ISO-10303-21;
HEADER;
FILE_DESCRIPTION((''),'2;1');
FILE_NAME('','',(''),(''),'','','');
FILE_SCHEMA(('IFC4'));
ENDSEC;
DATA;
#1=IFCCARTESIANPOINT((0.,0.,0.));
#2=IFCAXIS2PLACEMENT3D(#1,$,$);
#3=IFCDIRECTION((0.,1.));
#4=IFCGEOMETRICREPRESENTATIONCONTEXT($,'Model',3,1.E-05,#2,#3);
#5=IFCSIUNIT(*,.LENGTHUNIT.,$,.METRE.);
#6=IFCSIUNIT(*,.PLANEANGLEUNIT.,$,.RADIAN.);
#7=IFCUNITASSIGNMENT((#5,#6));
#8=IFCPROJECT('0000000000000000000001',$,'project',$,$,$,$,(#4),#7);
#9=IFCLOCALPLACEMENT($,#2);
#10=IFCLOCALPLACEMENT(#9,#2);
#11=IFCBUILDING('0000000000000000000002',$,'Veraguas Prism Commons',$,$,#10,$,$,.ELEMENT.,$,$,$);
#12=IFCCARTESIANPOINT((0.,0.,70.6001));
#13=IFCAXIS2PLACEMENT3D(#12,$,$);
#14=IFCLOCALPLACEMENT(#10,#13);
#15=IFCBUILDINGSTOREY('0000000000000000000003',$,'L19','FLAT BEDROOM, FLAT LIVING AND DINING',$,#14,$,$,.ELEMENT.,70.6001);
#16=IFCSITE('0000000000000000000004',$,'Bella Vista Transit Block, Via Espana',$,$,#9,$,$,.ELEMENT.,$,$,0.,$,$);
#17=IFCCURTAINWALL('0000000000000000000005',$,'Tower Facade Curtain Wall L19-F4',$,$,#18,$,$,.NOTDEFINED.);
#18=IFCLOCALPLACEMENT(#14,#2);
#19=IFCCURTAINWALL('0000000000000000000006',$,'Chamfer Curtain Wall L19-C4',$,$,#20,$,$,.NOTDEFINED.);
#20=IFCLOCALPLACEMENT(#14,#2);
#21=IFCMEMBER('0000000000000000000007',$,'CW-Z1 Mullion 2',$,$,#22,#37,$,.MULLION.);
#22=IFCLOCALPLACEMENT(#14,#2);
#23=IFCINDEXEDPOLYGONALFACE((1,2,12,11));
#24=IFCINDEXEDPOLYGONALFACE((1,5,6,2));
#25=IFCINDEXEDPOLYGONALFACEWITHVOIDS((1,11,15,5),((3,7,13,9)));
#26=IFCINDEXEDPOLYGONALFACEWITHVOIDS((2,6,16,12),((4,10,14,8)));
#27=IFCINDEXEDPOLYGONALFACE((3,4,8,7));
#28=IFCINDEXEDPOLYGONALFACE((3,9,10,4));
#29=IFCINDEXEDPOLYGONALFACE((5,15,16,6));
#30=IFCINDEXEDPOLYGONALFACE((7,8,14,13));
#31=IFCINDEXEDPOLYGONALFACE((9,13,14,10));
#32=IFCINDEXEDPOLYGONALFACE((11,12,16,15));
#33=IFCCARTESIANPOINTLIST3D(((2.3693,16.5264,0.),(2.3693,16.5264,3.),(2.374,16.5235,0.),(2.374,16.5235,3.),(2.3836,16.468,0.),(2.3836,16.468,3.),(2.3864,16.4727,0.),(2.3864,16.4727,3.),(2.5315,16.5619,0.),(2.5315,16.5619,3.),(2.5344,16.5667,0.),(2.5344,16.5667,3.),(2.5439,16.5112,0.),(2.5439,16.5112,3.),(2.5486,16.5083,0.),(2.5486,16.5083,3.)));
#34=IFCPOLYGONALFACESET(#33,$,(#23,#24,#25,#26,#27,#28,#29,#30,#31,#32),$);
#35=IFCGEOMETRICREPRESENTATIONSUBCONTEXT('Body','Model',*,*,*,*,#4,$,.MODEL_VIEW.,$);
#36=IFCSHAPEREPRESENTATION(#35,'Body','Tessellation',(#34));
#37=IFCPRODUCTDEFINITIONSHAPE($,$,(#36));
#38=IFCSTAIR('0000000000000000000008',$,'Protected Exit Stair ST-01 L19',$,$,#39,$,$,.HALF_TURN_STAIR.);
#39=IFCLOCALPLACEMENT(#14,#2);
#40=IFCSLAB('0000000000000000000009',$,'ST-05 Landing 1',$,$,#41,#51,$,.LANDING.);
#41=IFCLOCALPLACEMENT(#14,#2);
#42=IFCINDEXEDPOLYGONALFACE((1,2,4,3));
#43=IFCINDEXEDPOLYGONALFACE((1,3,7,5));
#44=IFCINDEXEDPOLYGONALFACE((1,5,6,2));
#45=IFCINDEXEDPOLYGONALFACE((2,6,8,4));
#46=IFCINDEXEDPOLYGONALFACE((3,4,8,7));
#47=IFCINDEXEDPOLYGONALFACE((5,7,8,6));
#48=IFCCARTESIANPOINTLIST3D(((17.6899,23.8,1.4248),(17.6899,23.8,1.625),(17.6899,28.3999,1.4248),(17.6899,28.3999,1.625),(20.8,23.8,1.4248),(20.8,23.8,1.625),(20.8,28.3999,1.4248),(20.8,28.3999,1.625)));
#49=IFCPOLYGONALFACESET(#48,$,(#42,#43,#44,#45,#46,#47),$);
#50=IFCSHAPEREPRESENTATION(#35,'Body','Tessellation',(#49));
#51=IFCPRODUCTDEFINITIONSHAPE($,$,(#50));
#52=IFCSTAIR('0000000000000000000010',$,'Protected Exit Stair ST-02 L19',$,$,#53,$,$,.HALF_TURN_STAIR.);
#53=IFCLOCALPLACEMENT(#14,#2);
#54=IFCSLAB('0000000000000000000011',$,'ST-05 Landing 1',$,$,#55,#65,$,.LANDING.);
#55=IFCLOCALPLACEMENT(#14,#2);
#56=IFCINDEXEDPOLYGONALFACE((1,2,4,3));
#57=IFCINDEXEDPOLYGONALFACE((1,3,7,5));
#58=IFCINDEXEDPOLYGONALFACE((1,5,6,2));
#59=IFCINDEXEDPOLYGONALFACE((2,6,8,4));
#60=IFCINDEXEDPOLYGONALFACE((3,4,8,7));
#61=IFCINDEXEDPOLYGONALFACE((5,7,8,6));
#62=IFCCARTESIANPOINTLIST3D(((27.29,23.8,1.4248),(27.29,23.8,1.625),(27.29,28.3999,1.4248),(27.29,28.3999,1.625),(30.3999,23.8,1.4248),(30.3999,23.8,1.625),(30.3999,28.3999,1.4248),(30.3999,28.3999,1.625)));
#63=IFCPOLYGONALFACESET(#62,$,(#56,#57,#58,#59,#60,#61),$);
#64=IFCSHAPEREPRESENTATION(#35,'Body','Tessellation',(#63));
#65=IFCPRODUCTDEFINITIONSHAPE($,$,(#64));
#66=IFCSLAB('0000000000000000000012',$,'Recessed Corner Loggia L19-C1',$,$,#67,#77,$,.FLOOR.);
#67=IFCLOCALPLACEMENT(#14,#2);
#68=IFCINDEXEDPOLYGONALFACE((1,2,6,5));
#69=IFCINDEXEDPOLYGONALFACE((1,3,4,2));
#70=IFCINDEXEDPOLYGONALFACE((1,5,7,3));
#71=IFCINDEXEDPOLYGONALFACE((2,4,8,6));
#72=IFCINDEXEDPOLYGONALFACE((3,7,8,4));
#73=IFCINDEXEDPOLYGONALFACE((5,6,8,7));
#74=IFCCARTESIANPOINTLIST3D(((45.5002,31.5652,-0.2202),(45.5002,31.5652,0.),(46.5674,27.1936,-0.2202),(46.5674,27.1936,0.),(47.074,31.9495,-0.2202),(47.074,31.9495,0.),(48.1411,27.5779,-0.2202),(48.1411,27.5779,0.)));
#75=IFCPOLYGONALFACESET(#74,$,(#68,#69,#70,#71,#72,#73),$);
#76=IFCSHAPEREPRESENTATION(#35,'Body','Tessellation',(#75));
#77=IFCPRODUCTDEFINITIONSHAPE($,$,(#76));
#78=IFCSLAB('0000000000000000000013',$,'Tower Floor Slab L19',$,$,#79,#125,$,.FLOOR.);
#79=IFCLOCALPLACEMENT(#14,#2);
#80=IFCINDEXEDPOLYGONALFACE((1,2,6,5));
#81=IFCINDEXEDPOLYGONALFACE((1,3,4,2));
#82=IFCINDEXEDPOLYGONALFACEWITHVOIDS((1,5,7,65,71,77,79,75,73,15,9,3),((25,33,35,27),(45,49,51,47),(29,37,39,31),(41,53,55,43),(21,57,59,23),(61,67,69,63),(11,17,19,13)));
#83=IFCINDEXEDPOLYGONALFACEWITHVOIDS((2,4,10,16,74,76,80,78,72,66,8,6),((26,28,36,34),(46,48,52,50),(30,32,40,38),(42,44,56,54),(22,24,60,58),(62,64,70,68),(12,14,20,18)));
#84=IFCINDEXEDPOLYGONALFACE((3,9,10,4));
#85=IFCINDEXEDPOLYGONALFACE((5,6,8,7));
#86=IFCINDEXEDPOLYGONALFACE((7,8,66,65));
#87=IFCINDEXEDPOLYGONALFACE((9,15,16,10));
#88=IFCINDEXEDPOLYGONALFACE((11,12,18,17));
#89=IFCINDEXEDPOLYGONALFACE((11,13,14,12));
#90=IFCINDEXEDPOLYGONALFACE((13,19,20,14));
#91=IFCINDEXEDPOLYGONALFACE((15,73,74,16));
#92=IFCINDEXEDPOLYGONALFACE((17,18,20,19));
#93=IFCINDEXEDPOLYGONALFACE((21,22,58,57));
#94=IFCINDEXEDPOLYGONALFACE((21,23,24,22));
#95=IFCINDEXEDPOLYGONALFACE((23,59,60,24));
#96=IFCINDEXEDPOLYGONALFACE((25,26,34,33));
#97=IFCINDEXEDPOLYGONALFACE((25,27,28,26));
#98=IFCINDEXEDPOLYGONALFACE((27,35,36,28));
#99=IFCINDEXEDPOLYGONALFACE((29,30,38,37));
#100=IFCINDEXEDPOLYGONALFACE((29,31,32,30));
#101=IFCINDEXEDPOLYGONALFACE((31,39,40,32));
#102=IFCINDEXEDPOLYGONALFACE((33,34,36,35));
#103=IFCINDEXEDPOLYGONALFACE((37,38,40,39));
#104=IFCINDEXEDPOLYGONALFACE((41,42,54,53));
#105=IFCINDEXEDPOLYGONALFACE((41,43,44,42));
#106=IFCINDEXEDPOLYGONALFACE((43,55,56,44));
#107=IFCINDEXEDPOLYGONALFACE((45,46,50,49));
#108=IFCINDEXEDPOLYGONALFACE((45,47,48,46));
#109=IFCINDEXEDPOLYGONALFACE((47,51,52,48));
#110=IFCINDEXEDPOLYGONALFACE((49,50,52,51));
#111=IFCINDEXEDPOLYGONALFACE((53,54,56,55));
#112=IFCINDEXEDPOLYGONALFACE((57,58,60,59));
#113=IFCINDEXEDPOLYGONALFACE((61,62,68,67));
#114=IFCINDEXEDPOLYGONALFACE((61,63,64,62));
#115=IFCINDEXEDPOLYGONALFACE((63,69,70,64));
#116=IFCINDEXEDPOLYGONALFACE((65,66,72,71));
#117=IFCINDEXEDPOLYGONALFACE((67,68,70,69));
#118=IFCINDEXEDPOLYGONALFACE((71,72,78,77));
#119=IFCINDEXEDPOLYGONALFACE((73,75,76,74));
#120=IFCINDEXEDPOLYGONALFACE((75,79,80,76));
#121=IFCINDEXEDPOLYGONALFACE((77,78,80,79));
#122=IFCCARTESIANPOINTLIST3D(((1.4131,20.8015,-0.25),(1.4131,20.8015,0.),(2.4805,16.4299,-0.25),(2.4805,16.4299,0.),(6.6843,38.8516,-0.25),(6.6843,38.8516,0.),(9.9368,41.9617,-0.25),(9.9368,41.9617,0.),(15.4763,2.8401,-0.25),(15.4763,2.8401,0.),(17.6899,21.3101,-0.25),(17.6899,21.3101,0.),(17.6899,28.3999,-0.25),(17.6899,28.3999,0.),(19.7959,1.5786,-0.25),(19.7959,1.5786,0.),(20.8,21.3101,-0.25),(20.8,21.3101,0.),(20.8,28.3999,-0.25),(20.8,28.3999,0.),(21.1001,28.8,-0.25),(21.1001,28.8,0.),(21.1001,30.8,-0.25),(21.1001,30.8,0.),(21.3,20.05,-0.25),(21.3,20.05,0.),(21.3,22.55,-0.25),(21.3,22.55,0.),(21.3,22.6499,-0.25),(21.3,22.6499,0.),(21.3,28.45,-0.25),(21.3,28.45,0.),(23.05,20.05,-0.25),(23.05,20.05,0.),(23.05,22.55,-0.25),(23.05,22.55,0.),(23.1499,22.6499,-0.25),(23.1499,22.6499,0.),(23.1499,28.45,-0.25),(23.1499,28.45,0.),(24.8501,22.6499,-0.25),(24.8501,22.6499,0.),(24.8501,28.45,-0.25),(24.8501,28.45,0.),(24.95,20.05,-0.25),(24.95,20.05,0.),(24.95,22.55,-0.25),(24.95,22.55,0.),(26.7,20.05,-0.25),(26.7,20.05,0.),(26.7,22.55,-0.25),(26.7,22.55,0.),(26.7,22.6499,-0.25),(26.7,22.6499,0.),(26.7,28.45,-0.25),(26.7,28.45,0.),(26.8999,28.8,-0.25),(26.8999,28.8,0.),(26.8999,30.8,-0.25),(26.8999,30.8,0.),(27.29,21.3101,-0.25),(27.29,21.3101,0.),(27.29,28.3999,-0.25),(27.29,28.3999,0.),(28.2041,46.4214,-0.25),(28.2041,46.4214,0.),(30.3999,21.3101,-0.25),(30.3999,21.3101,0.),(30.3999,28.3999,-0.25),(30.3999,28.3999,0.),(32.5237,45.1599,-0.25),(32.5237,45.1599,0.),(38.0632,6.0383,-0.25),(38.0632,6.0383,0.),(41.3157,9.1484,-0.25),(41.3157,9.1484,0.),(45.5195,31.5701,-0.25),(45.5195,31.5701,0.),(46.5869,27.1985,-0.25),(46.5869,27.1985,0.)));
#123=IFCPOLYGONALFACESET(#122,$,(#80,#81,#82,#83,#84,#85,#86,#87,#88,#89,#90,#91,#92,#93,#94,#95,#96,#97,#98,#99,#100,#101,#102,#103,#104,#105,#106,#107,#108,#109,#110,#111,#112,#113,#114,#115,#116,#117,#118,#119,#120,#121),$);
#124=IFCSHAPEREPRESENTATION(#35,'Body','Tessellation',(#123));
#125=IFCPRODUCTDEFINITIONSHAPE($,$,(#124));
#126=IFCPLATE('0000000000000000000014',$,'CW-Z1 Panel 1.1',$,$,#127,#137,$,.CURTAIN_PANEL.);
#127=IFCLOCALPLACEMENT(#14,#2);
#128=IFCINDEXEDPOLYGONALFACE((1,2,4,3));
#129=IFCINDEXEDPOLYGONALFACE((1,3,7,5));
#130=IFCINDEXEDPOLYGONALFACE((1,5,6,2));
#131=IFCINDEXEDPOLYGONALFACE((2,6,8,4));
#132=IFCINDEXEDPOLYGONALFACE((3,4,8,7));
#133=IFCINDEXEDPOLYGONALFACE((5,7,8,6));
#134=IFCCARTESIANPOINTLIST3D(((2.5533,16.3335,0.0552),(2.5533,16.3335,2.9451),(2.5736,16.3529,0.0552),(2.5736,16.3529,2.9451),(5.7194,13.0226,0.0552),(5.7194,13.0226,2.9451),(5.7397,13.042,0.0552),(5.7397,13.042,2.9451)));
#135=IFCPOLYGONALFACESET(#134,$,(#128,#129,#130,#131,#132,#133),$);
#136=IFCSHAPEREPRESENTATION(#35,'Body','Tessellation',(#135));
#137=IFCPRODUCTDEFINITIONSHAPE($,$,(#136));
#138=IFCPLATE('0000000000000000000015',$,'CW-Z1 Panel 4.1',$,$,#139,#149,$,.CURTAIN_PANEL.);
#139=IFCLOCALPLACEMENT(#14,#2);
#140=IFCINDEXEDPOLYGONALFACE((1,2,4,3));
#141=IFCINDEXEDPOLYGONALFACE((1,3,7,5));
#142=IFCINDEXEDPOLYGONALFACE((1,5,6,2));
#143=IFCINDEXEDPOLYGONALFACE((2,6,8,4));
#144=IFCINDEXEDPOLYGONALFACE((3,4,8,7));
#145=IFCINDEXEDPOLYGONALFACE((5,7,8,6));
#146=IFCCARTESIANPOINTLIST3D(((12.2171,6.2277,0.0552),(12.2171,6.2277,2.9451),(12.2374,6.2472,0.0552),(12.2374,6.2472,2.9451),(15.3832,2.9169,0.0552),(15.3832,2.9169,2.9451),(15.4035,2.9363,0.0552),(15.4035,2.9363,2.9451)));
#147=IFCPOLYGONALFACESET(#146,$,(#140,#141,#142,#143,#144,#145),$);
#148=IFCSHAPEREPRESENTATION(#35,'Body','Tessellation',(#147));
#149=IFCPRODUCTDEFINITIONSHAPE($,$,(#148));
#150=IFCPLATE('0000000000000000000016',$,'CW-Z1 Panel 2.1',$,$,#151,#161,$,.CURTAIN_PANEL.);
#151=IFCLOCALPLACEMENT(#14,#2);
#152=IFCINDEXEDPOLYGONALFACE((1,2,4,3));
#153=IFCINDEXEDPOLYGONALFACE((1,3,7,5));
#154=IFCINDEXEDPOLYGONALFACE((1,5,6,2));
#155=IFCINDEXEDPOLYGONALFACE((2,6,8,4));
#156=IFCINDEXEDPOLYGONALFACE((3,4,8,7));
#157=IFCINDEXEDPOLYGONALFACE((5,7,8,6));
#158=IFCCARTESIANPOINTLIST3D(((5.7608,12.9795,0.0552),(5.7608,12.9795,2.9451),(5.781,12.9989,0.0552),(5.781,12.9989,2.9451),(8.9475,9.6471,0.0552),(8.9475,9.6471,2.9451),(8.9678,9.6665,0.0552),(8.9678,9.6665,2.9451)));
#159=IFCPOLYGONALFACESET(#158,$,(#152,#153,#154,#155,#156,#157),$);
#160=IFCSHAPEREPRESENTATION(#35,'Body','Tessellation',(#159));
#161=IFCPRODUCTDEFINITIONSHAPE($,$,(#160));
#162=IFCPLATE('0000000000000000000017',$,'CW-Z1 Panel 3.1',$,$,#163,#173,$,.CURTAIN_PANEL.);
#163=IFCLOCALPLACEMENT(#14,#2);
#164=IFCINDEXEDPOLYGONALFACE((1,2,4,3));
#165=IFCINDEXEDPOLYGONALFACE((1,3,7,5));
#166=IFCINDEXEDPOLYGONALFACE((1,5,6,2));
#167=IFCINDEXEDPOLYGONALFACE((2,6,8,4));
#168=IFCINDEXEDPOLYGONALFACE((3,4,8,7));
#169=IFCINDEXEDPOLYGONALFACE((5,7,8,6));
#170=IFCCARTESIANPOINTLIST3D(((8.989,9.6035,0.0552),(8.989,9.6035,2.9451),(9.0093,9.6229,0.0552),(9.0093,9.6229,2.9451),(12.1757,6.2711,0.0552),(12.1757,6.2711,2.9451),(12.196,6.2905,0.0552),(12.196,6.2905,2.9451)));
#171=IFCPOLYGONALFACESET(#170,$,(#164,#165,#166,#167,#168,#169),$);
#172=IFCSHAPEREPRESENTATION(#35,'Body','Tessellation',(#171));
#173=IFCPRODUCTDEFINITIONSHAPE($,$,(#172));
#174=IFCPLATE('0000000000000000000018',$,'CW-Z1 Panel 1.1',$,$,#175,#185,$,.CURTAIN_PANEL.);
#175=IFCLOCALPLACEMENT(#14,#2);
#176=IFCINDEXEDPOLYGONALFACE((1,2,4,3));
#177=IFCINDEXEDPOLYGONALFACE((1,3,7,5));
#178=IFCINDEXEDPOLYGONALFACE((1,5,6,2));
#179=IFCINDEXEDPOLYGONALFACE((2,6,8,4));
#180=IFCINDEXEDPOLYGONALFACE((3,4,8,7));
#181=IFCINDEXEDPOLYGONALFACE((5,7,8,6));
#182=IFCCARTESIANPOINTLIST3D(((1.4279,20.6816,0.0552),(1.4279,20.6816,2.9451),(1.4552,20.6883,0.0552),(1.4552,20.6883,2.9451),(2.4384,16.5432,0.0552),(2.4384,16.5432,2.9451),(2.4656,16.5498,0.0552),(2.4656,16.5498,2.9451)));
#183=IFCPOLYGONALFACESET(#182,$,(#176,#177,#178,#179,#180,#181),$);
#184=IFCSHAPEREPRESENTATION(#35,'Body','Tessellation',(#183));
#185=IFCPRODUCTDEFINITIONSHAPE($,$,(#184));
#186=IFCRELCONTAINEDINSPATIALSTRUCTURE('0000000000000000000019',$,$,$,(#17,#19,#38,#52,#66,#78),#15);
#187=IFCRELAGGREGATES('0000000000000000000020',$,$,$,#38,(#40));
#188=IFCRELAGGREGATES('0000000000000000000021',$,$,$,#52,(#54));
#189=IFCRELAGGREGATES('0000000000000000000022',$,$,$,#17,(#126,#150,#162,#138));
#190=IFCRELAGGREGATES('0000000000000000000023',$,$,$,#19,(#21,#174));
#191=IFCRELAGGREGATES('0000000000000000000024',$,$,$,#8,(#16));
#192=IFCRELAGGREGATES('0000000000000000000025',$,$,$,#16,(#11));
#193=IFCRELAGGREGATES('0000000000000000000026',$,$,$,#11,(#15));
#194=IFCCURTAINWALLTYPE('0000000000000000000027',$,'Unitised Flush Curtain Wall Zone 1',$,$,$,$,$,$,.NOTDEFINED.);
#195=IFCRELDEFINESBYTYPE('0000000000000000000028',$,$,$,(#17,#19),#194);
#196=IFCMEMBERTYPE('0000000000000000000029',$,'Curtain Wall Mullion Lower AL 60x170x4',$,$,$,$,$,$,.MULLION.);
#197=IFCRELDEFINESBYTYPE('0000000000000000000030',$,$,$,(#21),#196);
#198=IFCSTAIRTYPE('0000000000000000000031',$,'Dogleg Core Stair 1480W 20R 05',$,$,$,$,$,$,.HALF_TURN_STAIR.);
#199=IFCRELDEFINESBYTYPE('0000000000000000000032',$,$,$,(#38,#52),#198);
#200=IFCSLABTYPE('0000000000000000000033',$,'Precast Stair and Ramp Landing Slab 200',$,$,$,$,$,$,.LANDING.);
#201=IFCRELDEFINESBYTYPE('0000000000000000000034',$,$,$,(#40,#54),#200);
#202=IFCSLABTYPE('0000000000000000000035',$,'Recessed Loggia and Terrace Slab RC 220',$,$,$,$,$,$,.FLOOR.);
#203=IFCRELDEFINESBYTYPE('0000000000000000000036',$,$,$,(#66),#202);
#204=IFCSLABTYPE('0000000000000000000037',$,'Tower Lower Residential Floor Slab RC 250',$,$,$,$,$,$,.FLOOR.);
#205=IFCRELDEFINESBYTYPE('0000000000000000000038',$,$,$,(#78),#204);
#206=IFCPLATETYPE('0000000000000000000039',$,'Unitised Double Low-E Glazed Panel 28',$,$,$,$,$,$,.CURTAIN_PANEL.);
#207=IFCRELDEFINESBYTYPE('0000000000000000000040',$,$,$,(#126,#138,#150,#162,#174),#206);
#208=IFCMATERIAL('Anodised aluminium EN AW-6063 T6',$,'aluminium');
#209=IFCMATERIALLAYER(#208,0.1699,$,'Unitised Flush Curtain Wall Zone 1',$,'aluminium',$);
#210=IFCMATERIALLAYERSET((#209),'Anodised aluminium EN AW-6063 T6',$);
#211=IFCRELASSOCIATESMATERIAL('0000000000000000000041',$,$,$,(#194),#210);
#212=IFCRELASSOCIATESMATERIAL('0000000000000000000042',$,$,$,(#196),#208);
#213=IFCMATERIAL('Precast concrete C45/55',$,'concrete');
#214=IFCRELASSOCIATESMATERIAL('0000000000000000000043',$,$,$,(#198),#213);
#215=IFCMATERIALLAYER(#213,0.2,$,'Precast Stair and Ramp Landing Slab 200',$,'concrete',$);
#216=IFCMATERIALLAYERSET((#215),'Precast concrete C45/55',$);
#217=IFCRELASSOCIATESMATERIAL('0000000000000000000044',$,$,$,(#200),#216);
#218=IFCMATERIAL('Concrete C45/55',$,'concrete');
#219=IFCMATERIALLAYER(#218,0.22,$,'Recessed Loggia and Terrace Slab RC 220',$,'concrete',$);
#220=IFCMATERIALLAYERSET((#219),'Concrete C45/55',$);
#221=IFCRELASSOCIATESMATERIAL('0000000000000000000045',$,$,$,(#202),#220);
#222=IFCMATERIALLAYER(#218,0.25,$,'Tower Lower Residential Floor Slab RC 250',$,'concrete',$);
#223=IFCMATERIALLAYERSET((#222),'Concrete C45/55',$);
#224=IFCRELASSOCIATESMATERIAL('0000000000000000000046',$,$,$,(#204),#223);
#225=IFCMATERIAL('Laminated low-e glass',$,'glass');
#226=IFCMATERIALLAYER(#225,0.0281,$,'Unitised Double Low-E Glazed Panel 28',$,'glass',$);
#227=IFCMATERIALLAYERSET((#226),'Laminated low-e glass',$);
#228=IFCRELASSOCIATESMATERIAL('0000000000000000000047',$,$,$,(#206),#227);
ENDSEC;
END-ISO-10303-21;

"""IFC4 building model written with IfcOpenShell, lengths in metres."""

from ifc_helpers import new_model, si_unit, direction, frame, origin, origin_2d, place, context, subcontext, project, spatial, polyline, rectangle, hollow_rectangle, outline, extrude, source, transform, mapped, material, layer, layer_set, material_profile, profile_set, type_object, element, aggregate, save


model = new_model("IFC4")

# Units and contexts
model_context = context("Model", 3, precision=1e-05, world=origin(), true_north=direction((0.0, 1.0)))
body_context = subcontext(model_context, "Body", "Model", "MODEL_VIEW")
ifc_project = project(units=[si_unit("LENGTHUNIT", "METRE"), si_unit("PLANEANGLEUNIT", "RADIAN")], contexts=[model_context])

# Site, building, storey
site_placement = place(None, origin())
site = spatial("IfcSite", under=ifc_project, at=site_placement, Name="Bella Vista Transit Block, Via Espana", CompositionType="ELEMENT", RefElevation=0.0)
building_placement = place(site_placement, origin())
building = spatial("IfcBuilding", under=site, at=building_placement, Name="Veraguas Prism Commons", CompositionType="ELEMENT")
storey_placement = place(building_placement, frame((0.0, 0.0, 70.6001)))
storey = spatial("IfcBuildingStorey", under=building, at=storey_placement, Name="L19", Description="FLAT BEDROOM, FLAT LIVING AND DINING", CompositionType="ELEMENT", Elevation=70.6001)

# Curtain wall
ifc_material_1 = material(Name="Anodised aluminium EN AW-6063 T6", Category="aluminium")
ifc_layer_1 = layer(ifc_material_1, 0.1699, Name="Unitised Flush Curtain Wall Zone 1", Category="aluminium")
ifc_layer_set_1 = layer_set([ifc_layer_1], Name="Anodised aluminium EN AW-6063 T6")
curtain_wall_type = type_object("IfcCurtainWallType", Name="Unitised Flush Curtain Wall Zone 1", PredefinedType="NOTDEFINED", material=ifc_layer_set_1)
curtain_wall_1_placement = place(storey_placement, origin())
curtain_wall_1 = element("IfcCurtainWall", 1, at=curtain_wall_1_placement, inside=storey, type_object=curtain_wall_type, Name="Tower Facade Curtain Wall L19-F4", PredefinedType="NOTDEFINED")
ifc_material_profile_1 = material_profile(ifc_material_1, hollow_rectangle(XDim=0.0601, YDim=0.1699, WallThickness=0.0039, at=origin_2d()), Name="AL60X170X4")
ifc_profile_set_1 = profile_set([ifc_material_profile_1], Name="Anodised aluminium EN AW-6063 T6")
member_type_1 = type_object("IfcMemberType", Name="Curtain Wall Mullion Lower AL 60x170x4", PredefinedType="MULLION", material=ifc_profile_set_1)
shared_shape_1 = source(origin(), body_context, "Body", "SweptSolid", [
    extrude(hollow_rectangle(XDim=0.0601, YDim=0.1699, WallThickness=0.0039, at=origin_2d()), origin(), (0.0, 0.0, 1.0), 3.0),
])

# Curtain wall, member
curtain_wall_2_placement = place(storey_placement, origin())
curtain_wall_2 = element("IfcCurtainWall", 2, at=curtain_wall_2_placement, inside=storey, type_object=curtain_wall_type, Name="Chamfer Curtain Wall L19-C4", PredefinedType="NOTDEFINED")
member_1_placement = place(storey_placement, frame((2.459, 16.5173, 0.0), z_axis=(0.0, 0.0, 1.0), x_axis=(0.237193, -0.971463, 0.0)))
member_1 = element("IfcMember", 3, at=member_1_placement, type_object=member_type_1, Name="CW-Z1 Mullion 2", PredefinedType="MULLION", context=body_context, shape_type="MappedRepresentation", body=[
    mapped(shared_shape_1, transform((0.0, 0.0, 0.0), scale=1.0)),
])

# Stairs, slabs
ifc_material_2 = material(Name="Precast concrete C45/55", Category="concrete")
stair_type = type_object("IfcStairType", Name="Dogleg Core Stair 1480W 20R 05", PredefinedType="HALF_TURN_STAIR", material=ifc_material_2)
stair_1_placement = place(storey_placement, origin())
stair_1 = element("IfcStair", 4, at=stair_1_placement, inside=storey, type_object=stair_type, Name="Protected Exit Stair ST-01 L19", PredefinedType="HALF_TURN_STAIR")
ifc_layer_2 = layer(ifc_material_2, 0.2, Name="Precast Stair and Ramp Landing Slab 200", Category="concrete")
ifc_layer_set_2 = layer_set([ifc_layer_2], Name="Precast concrete C45/55")
slab_type_1 = type_object("IfcSlabType", Name="Precast Stair and Ramp Landing Slab 200", PredefinedType="LANDING", material=ifc_layer_set_2)
slab_1_placement = place(storey_placement, frame((0.0, 0.0, 1.4248)))
slab_1 = element("IfcSlab", 5, at=slab_1_placement, type_object=slab_type_1, Name="ST-05 Landing 1", PredefinedType="LANDING", context=body_context, shape_type="SweptSolid", body=[
    extrude(outline(polyline([(20.8, 23.8), (20.8, 28.3999), (17.6899, 28.3999), (17.6899, 23.8), (20.8, 23.8)])), origin(), (0.0, 0.0, 1.0), 0.2002),
])
aggregate(stair_1, [slab_1])
stair_2_placement = place(storey_placement, origin())
stair_2 = element("IfcStair", 6, at=stair_2_placement, inside=storey, type_object=stair_type, Name="Protected Exit Stair ST-02 L19", PredefinedType="HALF_TURN_STAIR")
slab_2_placement = place(storey_placement, frame((0.0, 0.0, 1.4248)))
slab_2 = element("IfcSlab", 7, at=slab_2_placement, type_object=slab_type_1, Name="ST-05 Landing 1", PredefinedType="LANDING", context=body_context, shape_type="SweptSolid", body=[
    extrude(outline(polyline([(30.3999, 23.8), (30.3999, 28.3999), (27.29, 28.3999), (27.29, 23.8), (30.3999, 23.8)])), origin(), (0.0, 0.0, 1.0), 0.2002),
])
aggregate(stair_2, [slab_2])

# Slabs
ifc_material_3 = material(Name="Concrete C45/55", Category="concrete")
ifc_layer_3 = layer(ifc_material_3, 0.22, Name="Recessed Loggia and Terrace Slab RC 220", Category="concrete")
ifc_layer_set_3 = layer_set([ifc_layer_3], Name="Concrete C45/55")
slab_type_2 = type_object("IfcSlabType", Name="Recessed Loggia and Terrace Slab RC 220", PredefinedType="FLOOR", material=ifc_layer_set_3)
slab_3_placement = place(storey_placement, frame((0.0, 0.0, -0.2202)))
element("IfcSlab", 8, at=slab_3_placement, inside=storey, type_object=slab_type_2, Name="Recessed Corner Loggia L19-C1", PredefinedType="FLOOR", context=body_context, shape_type="SweptSolid", body=[
    extrude(outline(polyline([(46.5674, 27.1936), (48.1411, 27.5779), (47.074, 31.9495), (45.5002, 31.5652), (46.5674, 27.1936)])), origin(), (0.0, 0.0, 1.0), 0.2202),
])
ifc_layer_4 = layer(ifc_material_3, 0.25, Name="Tower Lower Residential Floor Slab RC 250", Category="concrete")
ifc_layer_set_4 = layer_set([ifc_layer_4], Name="Concrete C45/55")
slab_type_3 = type_object("IfcSlabType", Name="Tower Lower Residential Floor Slab RC 250", PredefinedType="FLOOR", material=ifc_layer_set_4)
slab_4_placement = place(storey_placement, frame((0.0, 0.0, -0.25)))
element("IfcSlab", 9, at=slab_4_placement, inside=storey, type_object=slab_type_3, Name="Tower Floor Slab L19", PredefinedType="FLOOR", context=body_context, shape_type="SweptSolid", body=[
    extrude(outline(polyline([(46.5869, 27.1985), (45.5195, 31.5701), (32.5237, 45.1599), (28.2041, 46.4214), (9.9368, 41.9617), (6.6843, 38.8516), (1.4131, 20.8015), (2.4805, 16.4299), (15.4763, 2.8401), (19.7959, 1.5786), (38.0632, 6.0383), (41.3157, 9.1484), (46.5869, 27.1985)]), holes=[polyline([(20.8, 21.3101), (20.8, 28.3999), (17.6899, 28.3999), (17.6899, 21.3101), (20.8, 21.3101)]), polyline([(30.3999, 21.3101), (30.3999, 28.3999), (27.29, 28.3999), (27.29, 21.3101), (30.3999, 21.3101)]), polyline([(21.3, 22.6499), (23.1499, 22.6499), (23.1499, 28.45), (21.3, 28.45), (21.3, 22.6499)]), polyline([(24.8501, 22.6499), (26.7, 22.6499), (26.7, 28.45), (24.8501, 28.45), (24.8501, 22.6499)]), polyline([(21.1001, 28.8), (26.8999, 28.8), (26.8999, 30.8), (21.1001, 30.8), (21.1001, 28.8)]), polyline([(21.3, 20.05), (23.05, 20.05), (23.05, 22.55), (21.3, 22.55), (21.3, 20.05)]), polyline([(24.95, 20.05), (26.7, 20.05), (26.7, 22.55), (24.95, 22.55), (24.95, 20.05)])]), origin(), (0.0, 0.0, 1.0), 0.25),
])

# Plates
ifc_material_4 = material(Name="Laminated low-e glass", Category="glass")
ifc_layer_5 = layer(ifc_material_4, 0.0281, Name="Unitised Double Low-E Glazed Panel 28", Category="glass")
ifc_layer_set_5 = layer_set([ifc_layer_5], Name="Laminated low-e glass")
plate_type = type_object("IfcPlateType", Name="Unitised Double Low-E Glazed Panel 28", PredefinedType="CURTAIN_PANEL", material=ifc_layer_set_5)
shared_shape_2 = source(origin(), body_context, "Body", "SweptSolid", [
    extrude(rectangle(XDim=4.5811, YDim=0.0281, at=origin_2d()), origin(), (0.0, 0.0, 1.0), 2.8899),
])
plate_1_placement = place(storey_placement, frame((4.1465, 14.6877, 0.0552), z_axis=(0.0, 0.0, 1.0), x_axis=(0.691136, -0.722725, 0.0)))
plate_1 = element("IfcPlate", 10, at=plate_1_placement, type_object=plate_type, Name="CW-Z1 Panel 1.1", PredefinedType="CURTAIN_PANEL", context=body_context, shape_type="MappedRepresentation", body=[
    mapped(shared_shape_2, transform((0.0, 0.0, 0.0), scale=1.0)),
])
plate_2_placement = place(storey_placement, frame((13.8103, 4.582, 0.0552), z_axis=(0.0, 0.0, 1.0), x_axis=(0.691136, -0.722725, 0.0)))
plate_2 = element("IfcPlate", 11, at=plate_2_placement, type_object=plate_type, Name="CW-Z1 Panel 4.1", PredefinedType="CURTAIN_PANEL", context=body_context, shape_type="MappedRepresentation", body=[
    mapped(shared_shape_2, transform((0.0, 0.0, 0.0), scale=1.0)),
])
shared_shape_3 = source(origin(), body_context, "Body", "SweptSolid", [
    extrude(rectangle(XDim=4.6108, YDim=0.0281, at=origin_2d()), origin(), (0.0, 0.0, 1.0), 2.8899),
])
plate_3_placement = place(storey_placement, frame((7.3643, 11.323, 0.0552), z_axis=(0.0, 0.0, 1.0), x_axis=(0.691136, -0.722725, 0.0)))
plate_3 = element("IfcPlate", 12, at=plate_3_placement, type_object=plate_type, Name="CW-Z1 Panel 2.1", PredefinedType="CURTAIN_PANEL", context=body_context, shape_type="MappedRepresentation", body=[
    mapped(shared_shape_3, transform((0.0, 0.0, 0.0), scale=1.0)),
])
plate_4_placement = place(storey_placement, frame((10.5925, 7.947, 0.0552), z_axis=(0.0, 0.0, 1.0), x_axis=(0.691136, -0.722725, 0.0)))
plate_4 = element("IfcPlate", 13, at=plate_4_placement, type_object=plate_type, Name="CW-Z1 Panel 3.1", PredefinedType="CURTAIN_PANEL", context=body_context, shape_type="MappedRepresentation", body=[
    mapped(shared_shape_3, transform((0.0, 0.0, 0.0), scale=1.0)),
])
aggregate(curtain_wall_1, [plate_1, plate_3, plate_4, plate_2])
shared_shape_4 = source(origin(), body_context, "Body", "SweptSolid", [
    extrude(rectangle(XDim=4.26, YDim=0.0281, at=origin_2d()), origin(), (0.0, 0.0, 1.0), 2.8899),
])
plate_5_placement = place(storey_placement, frame((1.9468, 18.6157, 0.0552), z_axis=(0.0, 0.0, 1.0), x_axis=(0.237193, -0.971463, 0.0)))
plate_5 = element("IfcPlate", 14, at=plate_5_placement, type_object=plate_type, Name="CW-Z1 Panel 1.1", PredefinedType="CURTAIN_PANEL", context=body_context, shape_type="MappedRepresentation", body=[
    mapped(shared_shape_4, transform((0.0, 0.0, 0.0), scale=1.0)),
])
aggregate(curtain_wall_2, [member_1, plate_5])

save(model, "model.ifc")
